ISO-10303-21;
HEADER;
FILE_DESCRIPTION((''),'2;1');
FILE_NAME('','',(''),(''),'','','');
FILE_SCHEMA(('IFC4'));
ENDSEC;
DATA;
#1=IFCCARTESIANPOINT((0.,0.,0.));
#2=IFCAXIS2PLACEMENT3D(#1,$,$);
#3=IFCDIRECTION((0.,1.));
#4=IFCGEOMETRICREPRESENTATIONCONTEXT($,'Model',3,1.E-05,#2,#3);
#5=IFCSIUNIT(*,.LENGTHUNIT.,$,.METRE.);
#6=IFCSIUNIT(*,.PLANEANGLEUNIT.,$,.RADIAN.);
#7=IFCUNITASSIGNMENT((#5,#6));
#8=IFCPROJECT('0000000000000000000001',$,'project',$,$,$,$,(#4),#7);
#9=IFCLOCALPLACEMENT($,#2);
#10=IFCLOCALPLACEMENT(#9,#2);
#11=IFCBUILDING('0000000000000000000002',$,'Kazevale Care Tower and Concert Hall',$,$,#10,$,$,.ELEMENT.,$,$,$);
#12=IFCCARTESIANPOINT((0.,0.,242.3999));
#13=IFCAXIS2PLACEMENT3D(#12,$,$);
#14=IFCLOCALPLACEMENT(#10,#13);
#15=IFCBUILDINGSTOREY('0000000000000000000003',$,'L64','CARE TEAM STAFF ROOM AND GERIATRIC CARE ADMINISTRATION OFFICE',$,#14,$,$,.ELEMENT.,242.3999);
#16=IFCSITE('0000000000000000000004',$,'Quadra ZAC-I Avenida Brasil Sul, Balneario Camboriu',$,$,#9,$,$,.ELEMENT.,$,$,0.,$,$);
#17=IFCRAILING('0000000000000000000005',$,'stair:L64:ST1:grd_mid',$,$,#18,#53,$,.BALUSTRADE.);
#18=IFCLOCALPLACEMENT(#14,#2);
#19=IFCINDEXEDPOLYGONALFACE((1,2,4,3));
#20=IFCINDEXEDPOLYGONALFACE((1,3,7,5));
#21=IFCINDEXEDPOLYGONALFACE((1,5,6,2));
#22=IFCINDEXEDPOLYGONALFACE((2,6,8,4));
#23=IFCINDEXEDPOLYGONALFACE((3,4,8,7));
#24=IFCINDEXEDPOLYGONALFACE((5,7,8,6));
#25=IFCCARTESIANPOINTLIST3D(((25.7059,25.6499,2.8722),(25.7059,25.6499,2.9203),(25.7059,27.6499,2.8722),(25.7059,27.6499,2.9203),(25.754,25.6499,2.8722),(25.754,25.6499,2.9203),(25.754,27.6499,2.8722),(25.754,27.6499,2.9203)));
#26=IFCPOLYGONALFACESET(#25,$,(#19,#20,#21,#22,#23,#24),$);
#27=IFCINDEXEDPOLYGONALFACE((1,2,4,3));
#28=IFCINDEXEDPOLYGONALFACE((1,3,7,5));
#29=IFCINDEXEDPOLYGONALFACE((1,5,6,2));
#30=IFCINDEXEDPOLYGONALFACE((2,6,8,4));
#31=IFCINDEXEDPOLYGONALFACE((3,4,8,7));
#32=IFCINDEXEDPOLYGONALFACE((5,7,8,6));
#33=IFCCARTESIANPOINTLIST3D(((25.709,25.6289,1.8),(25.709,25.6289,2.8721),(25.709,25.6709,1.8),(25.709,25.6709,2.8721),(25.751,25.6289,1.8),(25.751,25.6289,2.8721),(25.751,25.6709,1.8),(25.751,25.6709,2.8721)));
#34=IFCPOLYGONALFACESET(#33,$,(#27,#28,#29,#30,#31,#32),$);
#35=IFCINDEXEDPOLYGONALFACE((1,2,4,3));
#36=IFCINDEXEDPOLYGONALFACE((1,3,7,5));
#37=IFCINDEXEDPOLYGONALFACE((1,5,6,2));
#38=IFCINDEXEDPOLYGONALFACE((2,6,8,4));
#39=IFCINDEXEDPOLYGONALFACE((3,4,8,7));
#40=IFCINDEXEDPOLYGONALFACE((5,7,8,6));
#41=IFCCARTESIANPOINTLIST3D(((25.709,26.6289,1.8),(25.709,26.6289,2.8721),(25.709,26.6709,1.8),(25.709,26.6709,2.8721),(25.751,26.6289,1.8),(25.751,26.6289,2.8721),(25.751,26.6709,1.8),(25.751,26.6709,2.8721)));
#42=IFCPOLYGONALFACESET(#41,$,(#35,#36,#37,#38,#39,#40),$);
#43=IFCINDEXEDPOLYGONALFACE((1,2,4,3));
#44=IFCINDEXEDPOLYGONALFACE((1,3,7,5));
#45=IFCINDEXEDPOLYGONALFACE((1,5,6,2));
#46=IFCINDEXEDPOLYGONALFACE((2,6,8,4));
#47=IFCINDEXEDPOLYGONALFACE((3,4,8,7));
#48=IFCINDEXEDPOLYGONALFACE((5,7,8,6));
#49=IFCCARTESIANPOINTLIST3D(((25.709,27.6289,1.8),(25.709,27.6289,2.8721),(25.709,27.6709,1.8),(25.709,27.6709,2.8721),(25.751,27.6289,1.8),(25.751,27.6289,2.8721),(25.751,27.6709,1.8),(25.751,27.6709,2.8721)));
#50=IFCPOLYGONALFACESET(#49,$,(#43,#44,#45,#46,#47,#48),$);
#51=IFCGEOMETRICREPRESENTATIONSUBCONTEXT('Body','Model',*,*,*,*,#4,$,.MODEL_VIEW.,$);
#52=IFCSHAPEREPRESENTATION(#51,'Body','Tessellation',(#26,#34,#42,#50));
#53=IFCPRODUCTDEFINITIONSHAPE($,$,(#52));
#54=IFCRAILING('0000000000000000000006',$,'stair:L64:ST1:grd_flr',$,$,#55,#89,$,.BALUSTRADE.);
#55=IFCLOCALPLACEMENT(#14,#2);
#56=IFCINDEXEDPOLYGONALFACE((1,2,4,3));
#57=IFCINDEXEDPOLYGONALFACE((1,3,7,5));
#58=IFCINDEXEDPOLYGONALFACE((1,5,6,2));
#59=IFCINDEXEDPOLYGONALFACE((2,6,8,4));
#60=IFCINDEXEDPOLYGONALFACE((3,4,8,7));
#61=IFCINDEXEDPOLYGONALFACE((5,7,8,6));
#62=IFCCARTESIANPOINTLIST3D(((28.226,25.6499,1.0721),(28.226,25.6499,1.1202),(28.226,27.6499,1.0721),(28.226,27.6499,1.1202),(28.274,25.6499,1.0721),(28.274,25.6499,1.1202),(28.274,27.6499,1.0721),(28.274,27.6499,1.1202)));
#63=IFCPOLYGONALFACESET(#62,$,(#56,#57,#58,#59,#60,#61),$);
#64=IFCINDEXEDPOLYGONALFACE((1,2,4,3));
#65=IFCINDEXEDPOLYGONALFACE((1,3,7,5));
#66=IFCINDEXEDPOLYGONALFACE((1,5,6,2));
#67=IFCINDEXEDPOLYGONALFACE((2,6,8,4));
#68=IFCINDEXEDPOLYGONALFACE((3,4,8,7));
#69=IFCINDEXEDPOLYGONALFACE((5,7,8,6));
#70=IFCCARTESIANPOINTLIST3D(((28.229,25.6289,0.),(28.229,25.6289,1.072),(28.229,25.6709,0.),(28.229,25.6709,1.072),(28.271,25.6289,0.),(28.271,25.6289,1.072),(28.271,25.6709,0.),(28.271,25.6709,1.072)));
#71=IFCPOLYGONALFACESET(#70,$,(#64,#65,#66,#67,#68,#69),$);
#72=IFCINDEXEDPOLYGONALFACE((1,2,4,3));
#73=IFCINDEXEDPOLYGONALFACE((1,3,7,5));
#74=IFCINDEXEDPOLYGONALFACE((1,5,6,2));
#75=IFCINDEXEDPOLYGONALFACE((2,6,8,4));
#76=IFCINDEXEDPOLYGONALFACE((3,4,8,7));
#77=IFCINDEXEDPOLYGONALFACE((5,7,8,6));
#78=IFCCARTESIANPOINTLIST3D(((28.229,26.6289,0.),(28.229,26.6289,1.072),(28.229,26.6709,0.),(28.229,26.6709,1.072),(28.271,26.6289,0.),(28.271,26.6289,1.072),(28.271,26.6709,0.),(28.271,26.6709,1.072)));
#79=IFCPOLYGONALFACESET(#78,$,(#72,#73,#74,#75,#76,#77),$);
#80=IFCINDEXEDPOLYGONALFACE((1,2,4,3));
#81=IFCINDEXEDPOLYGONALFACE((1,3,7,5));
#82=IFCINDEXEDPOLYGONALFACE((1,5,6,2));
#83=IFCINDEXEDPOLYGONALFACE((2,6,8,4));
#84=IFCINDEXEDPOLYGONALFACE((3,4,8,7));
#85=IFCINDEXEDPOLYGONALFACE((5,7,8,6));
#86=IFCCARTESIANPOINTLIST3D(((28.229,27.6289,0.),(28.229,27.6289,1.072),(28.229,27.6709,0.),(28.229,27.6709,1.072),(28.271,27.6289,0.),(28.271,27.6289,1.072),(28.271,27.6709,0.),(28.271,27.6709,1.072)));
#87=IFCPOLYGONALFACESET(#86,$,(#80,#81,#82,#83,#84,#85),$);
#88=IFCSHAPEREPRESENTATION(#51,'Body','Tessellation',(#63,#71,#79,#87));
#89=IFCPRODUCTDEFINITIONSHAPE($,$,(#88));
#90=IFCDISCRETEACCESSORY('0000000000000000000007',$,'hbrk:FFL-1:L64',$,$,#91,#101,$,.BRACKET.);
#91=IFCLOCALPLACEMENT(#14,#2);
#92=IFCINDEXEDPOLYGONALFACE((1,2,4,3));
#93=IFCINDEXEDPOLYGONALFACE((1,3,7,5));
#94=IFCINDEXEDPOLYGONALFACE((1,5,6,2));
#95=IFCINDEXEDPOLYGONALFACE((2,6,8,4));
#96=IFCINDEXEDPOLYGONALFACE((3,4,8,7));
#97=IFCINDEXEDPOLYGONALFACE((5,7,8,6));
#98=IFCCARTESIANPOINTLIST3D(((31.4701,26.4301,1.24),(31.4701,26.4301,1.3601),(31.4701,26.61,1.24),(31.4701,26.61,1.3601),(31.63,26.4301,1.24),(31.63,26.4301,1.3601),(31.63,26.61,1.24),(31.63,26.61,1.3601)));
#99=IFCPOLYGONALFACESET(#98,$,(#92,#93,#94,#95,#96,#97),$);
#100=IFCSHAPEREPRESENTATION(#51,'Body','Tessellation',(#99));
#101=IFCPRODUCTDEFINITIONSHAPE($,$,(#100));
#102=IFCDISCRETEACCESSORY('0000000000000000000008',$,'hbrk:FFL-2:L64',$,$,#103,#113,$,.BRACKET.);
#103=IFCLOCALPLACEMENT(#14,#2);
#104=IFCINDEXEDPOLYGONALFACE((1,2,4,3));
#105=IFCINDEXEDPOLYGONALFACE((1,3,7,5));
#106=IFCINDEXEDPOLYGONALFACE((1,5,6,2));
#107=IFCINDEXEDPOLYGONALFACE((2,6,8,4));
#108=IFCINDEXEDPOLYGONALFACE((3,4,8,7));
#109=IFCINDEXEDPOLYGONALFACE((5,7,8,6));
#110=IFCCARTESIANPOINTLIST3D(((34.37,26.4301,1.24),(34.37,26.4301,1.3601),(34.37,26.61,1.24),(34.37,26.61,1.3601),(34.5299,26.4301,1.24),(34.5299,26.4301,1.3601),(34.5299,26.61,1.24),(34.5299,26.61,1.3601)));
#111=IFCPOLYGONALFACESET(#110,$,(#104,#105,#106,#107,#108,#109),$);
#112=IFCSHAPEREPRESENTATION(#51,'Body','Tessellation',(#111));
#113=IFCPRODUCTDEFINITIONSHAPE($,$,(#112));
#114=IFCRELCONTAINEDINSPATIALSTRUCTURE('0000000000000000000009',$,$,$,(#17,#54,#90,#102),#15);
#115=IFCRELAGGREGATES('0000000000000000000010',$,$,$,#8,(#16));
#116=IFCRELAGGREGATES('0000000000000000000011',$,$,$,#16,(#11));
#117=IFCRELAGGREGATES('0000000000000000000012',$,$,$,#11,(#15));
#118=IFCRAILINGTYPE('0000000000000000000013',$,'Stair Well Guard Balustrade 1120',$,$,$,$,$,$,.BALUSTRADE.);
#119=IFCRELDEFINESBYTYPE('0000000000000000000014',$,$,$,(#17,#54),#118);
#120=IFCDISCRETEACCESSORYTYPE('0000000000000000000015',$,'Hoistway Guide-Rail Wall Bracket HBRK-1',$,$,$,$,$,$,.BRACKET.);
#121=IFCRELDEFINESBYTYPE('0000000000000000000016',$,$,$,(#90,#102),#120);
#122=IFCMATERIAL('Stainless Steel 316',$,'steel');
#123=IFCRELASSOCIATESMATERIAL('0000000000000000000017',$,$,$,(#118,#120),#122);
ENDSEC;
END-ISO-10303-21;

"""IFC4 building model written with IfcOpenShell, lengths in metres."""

from ifc_helpers import new_model, si_unit, direction, frame, origin, origin_2d, place, context, subcontext, project, spatial, rectangle, extrude, material, type_object, element, save


model = new_model("IFC4")

# Units and contexts
model_context = context("Model", 3, precision=1e-05, world=origin(), true_north=direction((0.0, 1.0)))
body_context = subcontext(model_context, "Body", "Model", "MODEL_VIEW")
ifc_project = project(units=[si_unit("LENGTHUNIT", "METRE"), si_unit("PLANEANGLEUNIT", "RADIAN")], contexts=[model_context])

# Site, building, storey
site_placement = place(None, origin())
site = spatial("IfcSite", under=ifc_project, at=site_placement, Name="Quadra ZAC-I Avenida Brasil Sul, Balneario Camboriu", CompositionType="ELEMENT", RefElevation=0.0)
building_placement = place(site_placement, origin())
building = spatial("IfcBuilding", under=site, at=building_placement, Name="Kazevale Care Tower and Concert Hall", CompositionType="ELEMENT")
storey_placement = place(building_placement, frame((0.0, 0.0, 242.3999)))
storey = spatial("IfcBuildingStorey", under=building, at=storey_placement, Name="L64", Description="CARE TEAM STAFF ROOM AND GERIATRIC CARE ADMINISTRATION OFFICE", CompositionType="ELEMENT", Elevation=242.3999)

# Shared definitions
ifc_material_1 = material(Name="Stainless Steel 316", Category="steel")

# Railings
railing_type_1 = type_object("IfcRailingType", Name="Stair Well Guard Balustrade 1120", PredefinedType="BALUSTRADE", material=ifc_material_1)
for number, where, name in (
    (1, (25.73, 25.6499, 1.8), "stair:L64:ST1:grd_mid"),
    (2, (28.25, 25.6499, 0.0), "stair:L64:ST1:grd_flr"),
):
    element("IfcRailing", number, at=place(storey_placement, frame(where)), inside=storey, type_object=railing_type_1, Name=name, PredefinedType="BALUSTRADE", context=body_context, shape_type="SweptSolid", body=[
        extrude(rectangle(XDim=0.0481, YDim=0.0481, at=origin_2d()), frame((0.0, 0.0, 1.0962), z_axis=(0.0, 1.0, 0.0), x_axis=(-1.0, 0.0, 0.0)), (0.0, 0.0, 1.0), 2.0),
        extrude(rectangle(XDim=0.042, YDim=0.042, at=origin_2d()), origin(), (0.0, 0.0, 1.0), 1.072),
        extrude(rectangle(XDim=0.042, YDim=0.042, at=origin_2d()), frame((0.0, 1.0, 0.0)), (0.0, 0.0, 1.0), 1.072),
        extrude(rectangle(XDim=0.042, YDim=0.042, at=origin_2d()), frame((0.0, 2.0, 0.0)), (0.0, 0.0, 1.0), 1.072),
    ])

# Discrete accessories
discrete_accessory_type = type_object("IfcDiscreteAccessoryType", Name="Hoistway Guide-Rail Wall Bracket HBRK-1", PredefinedType="BRACKET", material=ifc_material_1)
for number, where, z_axis, x_axis, name in (
    (3, (31.55, 26.52, 1.24), (0.0, 0.0, 1.0), (1.0, 0.0, 0.0), "hbrk:FFL-1:L64"),
    (4, (34.45, 26.52, 1.24), (0.0, 0.0, 1.0), (1.0, 0.0, 0.0), "hbrk:FFL-2:L64"),
):
    element("IfcDiscreteAccessory", number, at=place(storey_placement, frame(where, z_axis=z_axis, x_axis=x_axis)), inside=storey, type_object=discrete_accessory_type, Name=name, PredefinedType="BRACKET", context=body_context, shape_type="SweptSolid", body=[
        extrude(rectangle(XDim=0.1599, YDim=0.1799, at=origin_2d()), origin(), (0.0, 0.0, 1.0), 0.1201),
    ])

save(model, "model.ifc")
